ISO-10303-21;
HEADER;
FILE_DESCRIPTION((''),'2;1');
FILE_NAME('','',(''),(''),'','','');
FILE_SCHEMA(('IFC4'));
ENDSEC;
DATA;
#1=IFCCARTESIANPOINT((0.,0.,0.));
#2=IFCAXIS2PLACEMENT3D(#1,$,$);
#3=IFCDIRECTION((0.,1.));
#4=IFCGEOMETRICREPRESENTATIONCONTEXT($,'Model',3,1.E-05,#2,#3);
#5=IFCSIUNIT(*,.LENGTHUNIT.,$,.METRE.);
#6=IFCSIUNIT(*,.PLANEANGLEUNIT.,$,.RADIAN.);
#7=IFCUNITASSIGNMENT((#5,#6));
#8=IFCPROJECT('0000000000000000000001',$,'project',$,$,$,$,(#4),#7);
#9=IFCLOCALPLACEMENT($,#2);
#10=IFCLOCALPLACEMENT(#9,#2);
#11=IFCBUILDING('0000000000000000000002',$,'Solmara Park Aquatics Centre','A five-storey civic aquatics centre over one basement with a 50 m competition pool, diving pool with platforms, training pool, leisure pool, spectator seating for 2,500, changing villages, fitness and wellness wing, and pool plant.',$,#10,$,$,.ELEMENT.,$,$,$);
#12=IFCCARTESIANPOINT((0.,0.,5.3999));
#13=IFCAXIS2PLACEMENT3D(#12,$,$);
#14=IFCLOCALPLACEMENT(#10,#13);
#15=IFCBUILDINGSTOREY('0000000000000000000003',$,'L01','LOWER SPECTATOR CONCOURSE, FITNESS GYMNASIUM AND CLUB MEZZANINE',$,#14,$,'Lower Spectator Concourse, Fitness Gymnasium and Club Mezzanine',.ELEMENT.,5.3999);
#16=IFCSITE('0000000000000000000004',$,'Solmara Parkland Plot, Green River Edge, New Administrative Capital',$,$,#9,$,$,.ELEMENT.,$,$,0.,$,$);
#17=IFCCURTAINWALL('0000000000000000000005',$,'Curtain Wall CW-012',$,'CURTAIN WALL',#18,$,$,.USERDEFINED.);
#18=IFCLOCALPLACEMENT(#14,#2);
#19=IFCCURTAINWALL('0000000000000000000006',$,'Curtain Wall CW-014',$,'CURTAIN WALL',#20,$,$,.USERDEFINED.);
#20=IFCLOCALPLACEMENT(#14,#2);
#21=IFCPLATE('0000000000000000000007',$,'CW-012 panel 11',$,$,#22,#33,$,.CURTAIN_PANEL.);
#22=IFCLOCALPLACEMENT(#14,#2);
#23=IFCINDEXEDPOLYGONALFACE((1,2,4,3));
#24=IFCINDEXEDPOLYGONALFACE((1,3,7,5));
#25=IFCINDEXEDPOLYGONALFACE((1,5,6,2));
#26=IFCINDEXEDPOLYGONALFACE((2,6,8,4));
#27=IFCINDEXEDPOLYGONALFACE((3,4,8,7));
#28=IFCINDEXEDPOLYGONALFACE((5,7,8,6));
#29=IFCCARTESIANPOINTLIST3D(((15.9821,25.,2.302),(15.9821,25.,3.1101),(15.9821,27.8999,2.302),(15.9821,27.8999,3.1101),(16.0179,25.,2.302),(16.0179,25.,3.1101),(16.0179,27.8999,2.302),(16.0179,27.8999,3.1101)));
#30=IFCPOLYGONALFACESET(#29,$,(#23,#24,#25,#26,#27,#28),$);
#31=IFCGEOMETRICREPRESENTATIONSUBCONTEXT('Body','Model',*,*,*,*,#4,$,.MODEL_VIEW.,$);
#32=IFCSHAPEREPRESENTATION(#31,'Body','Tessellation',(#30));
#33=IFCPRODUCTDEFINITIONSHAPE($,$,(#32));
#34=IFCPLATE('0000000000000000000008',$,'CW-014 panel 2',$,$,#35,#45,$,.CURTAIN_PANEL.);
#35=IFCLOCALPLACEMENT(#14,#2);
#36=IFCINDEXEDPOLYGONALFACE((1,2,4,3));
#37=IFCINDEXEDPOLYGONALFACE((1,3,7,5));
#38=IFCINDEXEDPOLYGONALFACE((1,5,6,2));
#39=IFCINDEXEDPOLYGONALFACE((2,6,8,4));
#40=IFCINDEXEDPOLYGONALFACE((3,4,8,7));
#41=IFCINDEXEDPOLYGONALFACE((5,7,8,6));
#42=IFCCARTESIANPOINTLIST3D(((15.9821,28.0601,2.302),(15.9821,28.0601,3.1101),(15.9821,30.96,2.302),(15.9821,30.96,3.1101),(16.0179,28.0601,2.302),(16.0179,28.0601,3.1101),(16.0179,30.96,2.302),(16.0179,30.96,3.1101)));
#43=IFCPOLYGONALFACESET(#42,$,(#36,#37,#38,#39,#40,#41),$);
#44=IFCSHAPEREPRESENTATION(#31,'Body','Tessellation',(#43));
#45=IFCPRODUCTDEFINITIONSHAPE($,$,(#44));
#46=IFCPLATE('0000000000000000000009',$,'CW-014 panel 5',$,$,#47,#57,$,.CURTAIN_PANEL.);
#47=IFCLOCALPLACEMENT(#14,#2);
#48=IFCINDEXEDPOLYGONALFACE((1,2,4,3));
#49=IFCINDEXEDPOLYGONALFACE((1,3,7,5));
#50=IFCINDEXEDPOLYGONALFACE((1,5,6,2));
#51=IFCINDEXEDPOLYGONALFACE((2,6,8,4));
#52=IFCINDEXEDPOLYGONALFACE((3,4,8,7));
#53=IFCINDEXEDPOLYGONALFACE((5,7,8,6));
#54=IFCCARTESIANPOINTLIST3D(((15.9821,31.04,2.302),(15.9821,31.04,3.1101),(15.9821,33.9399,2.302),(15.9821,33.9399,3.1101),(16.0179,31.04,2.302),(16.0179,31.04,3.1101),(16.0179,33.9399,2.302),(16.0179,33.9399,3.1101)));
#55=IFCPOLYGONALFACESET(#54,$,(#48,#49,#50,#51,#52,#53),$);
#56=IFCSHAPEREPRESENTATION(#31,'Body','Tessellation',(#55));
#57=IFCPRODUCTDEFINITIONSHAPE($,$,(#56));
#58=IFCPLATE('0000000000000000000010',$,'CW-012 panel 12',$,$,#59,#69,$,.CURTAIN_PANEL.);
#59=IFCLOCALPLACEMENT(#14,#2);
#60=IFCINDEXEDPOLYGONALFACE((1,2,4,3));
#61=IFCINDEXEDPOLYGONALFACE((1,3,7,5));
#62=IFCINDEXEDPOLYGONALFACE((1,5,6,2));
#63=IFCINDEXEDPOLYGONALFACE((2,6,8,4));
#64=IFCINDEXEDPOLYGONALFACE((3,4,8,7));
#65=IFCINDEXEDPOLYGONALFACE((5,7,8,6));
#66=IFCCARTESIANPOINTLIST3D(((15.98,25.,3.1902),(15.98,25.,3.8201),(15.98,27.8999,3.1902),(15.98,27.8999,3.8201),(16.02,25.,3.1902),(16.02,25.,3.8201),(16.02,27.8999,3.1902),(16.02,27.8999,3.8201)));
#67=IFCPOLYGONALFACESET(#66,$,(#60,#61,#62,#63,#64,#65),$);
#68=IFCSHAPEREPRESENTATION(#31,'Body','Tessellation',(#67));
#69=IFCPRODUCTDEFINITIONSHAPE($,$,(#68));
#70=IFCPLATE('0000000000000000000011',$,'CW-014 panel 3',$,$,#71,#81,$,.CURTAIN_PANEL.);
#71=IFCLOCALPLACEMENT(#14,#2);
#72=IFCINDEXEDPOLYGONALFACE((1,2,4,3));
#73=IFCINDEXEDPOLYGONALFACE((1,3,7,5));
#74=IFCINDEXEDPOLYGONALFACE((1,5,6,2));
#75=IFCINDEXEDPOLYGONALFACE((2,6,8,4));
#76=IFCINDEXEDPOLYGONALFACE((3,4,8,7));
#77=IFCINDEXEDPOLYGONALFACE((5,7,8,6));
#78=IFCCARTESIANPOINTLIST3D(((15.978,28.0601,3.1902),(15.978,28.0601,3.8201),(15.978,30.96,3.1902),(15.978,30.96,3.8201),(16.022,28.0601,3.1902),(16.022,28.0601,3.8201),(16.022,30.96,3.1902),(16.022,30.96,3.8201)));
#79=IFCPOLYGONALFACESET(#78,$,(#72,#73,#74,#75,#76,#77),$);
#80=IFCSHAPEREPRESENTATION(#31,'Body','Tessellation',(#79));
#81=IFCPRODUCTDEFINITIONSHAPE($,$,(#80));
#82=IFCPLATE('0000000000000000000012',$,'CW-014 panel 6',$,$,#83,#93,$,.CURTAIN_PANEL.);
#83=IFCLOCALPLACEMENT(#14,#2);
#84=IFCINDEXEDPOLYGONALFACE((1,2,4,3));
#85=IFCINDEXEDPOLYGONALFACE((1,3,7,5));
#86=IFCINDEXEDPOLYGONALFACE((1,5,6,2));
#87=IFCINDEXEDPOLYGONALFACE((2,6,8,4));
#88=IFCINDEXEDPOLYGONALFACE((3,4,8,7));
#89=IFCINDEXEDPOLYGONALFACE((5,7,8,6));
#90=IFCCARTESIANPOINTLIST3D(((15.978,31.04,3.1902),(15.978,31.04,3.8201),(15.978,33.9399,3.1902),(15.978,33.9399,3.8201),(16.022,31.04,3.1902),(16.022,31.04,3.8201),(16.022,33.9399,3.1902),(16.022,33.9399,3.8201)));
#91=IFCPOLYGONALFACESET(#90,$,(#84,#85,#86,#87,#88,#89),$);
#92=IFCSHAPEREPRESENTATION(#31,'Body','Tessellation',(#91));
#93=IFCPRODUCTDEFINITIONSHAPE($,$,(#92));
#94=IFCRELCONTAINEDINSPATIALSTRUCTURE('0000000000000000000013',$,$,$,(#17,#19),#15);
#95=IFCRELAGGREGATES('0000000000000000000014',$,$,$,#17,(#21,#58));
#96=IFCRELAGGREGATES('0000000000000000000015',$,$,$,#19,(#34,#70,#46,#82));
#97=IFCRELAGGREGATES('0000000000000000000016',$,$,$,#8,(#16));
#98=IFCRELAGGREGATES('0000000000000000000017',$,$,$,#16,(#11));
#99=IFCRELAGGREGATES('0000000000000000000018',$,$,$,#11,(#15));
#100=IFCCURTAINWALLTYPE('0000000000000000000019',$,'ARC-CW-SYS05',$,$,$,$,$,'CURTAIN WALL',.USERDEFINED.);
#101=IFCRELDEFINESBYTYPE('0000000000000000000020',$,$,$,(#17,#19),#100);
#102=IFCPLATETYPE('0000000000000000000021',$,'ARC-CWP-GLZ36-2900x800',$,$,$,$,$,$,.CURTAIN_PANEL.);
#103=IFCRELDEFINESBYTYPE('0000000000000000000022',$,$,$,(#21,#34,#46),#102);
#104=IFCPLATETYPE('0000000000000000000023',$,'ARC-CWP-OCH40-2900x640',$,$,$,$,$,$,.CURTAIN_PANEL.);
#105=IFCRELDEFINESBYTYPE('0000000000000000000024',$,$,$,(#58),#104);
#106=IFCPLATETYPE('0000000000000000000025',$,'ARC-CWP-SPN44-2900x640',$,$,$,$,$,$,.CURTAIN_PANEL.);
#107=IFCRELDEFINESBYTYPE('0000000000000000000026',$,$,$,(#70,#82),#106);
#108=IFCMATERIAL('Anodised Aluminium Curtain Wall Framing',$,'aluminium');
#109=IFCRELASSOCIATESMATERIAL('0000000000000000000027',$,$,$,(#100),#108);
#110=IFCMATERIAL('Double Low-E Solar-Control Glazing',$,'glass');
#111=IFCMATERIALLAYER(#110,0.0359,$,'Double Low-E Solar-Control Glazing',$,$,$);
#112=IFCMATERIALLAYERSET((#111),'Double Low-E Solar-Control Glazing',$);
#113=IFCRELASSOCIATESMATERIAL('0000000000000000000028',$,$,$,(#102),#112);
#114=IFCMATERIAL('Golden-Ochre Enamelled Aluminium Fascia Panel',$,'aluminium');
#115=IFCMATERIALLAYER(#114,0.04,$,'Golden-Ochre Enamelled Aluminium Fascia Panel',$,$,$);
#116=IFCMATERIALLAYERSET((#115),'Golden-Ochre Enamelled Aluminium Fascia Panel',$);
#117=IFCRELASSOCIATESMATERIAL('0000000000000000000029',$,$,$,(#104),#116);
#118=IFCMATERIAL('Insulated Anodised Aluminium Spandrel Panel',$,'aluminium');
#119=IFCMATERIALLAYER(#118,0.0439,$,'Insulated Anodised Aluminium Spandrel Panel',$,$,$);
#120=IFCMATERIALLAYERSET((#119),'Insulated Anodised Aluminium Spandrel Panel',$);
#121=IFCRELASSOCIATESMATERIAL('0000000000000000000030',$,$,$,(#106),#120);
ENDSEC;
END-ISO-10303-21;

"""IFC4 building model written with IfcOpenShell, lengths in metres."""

from ifc_helpers import new_model, si_unit, direction, frame, origin, origin_2d, place, context, subcontext, project, spatial, rectangle, extrude, material, layer, layer_set, type_object, element, aggregate, save


model = new_model("IFC4")

# Units and contexts
model_context = context("Model", 3, precision=1e-05, world=origin(), true_north=direction((0.0, 1.0)))
body_context = subcontext(model_context, "Body", "Model", "MODEL_VIEW")
ifc_project = project(units=[si_unit("LENGTHUNIT", "METRE"), si_unit("PLANEANGLEUNIT", "RADIAN")], contexts=[model_context])

# Site, building, storey
site_placement = place(None, origin())
site = spatial("IfcSite", under=ifc_project, at=site_placement, Name="Solmara Parkland Plot, Green River Edge, New Administrative Capital", CompositionType="ELEMENT", RefElevation=0.0)
building_placement = place(site_placement, origin())
building = spatial("IfcBuilding", under=site, at=building_placement, Name="Solmara Park Aquatics Centre", Description="A five-storey civic aquatics centre over one basement with a 50 m competition pool, diving pool with platforms, training pool, leisure pool, spectator seating for 2,500, changing villages, fitness and wellness wing, and pool plant.", CompositionType="ELEMENT")
storey_placement = place(building_placement, frame((0.0, 0.0, 5.3999)))
storey = spatial("IfcBuildingStorey", under=building, at=storey_placement, Name="L01", Description="LOWER SPECTATOR CONCOURSE, FITNESS GYMNASIUM AND CLUB MEZZANINE", LongName="Lower Spectator Concourse, Fitness Gymnasium and Club Mezzanine", CompositionType="ELEMENT", Elevation=5.3999)

# Curtain walls
ifc_material_1 = material(Name="Anodised Aluminium Curtain Wall Framing", Category="aluminium")
curtain_wall_type = type_object("IfcCurtainWallType", Name="ARC-CW-SYS05", ElementType="CURTAIN WALL", PredefinedType="USERDEFINED", material=ifc_material_1)
curtain_wall_1_placement = place(storey_placement, origin())
curtain_wall_1 = element("IfcCurtainWall", 1, at=curtain_wall_1_placement, inside=storey, type_object=curtain_wall_type, Name="Curtain Wall CW-012", ObjectType="CURTAIN WALL", PredefinedType="USERDEFINED")
curtain_wall_2_placement = place(storey_placement, origin())
curtain_wall_2 = element("IfcCurtainWall", 2, at=curtain_wall_2_placement, inside=storey, type_object=curtain_wall_type, Name="Curtain Wall CW-014", ObjectType="CURTAIN WALL", PredefinedType="USERDEFINED")

# Plates
ifc_material_2 = material(Name="Double Low-E Solar-Control Glazing", Category="glass")
ifc_layer_1 = layer(ifc_material_2, 0.0359, Name="Double Low-E Solar-Control Glazing")
ifc_layer_set_1 = layer_set([ifc_layer_1], Name="Double Low-E Solar-Control Glazing")
plate_type_1 = type_object("IfcPlateType", Name="ARC-CWP-GLZ36-2900x800", PredefinedType="CURTAIN_PANEL", material=ifc_layer_set_1)
plate_1_placement = place(storey_placement, frame((16.0, 26.45, 2.302), z_axis=(0.0, 0.0, 1.0), x_axis=(0.0, 1.0, 0.0)))
plate_1 = element("IfcPlate", 3, at=plate_1_placement, type_object=plate_type_1, Name="CW-012 panel 11", PredefinedType="CURTAIN_PANEL", context=body_context, shape_type="SweptSolid", body=[
    extrude(rectangle(XDim=2.8999, YDim=0.0359, at=origin_2d()), origin(), (0.0, 0.0, 1.0), 0.8081),
])
plate_2_placement = place(storey_placement, frame((16.0, 29.51, 2.302), z_axis=(0.0, 0.0, 1.0), x_axis=(0.0, 1.0, 0.0)))
plate_2 = element("IfcPlate", 4, at=plate_2_placement, type_object=plate_type_1, Name="CW-014 panel 2", PredefinedType="CURTAIN_PANEL", context=body_context, shape_type="SweptSolid", body=[
    extrude(rectangle(XDim=2.8999, YDim=0.0359, at=origin_2d()), origin(), (0.0, 0.0, 1.0), 0.8081),
])
plate_3_placement = place(storey_placement, frame((16.0, 32.49, 2.302), z_axis=(0.0, 0.0, 1.0), x_axis=(0.0, 1.0, 0.0)))
plate_3 = element("IfcPlate", 5, at=plate_3_placement, type_object=plate_type_1, Name="CW-014 panel 5", PredefinedType="CURTAIN_PANEL", context=body_context, shape_type="SweptSolid", body=[
    extrude(rectangle(XDim=2.8999, YDim=0.0359, at=origin_2d()), origin(), (0.0, 0.0, 1.0), 0.8081),
])
ifc_material_3 = material(Name="Golden-Ochre Enamelled Aluminium Fascia Panel", Category="aluminium")
ifc_layer_2 = layer(ifc_material_3, 0.04, Name="Golden-Ochre Enamelled Aluminium Fascia Panel")
ifc_layer_set_2 = layer_set([ifc_layer_2], Name="Golden-Ochre Enamelled Aluminium Fascia Panel")
plate_type_2 = type_object("IfcPlateType", Name="ARC-CWP-OCH40-2900x640", PredefinedType="CURTAIN_PANEL", material=ifc_layer_set_2)
plate_4_placement = place(storey_placement, frame((16.0, 26.45, 3.1902), z_axis=(0.0, 0.0, 1.0), x_axis=(0.0, 1.0, 0.0)))
plate_4 = element("IfcPlate", 6, at=plate_4_placement, type_object=plate_type_2, Name="CW-012 panel 12", PredefinedType="CURTAIN_PANEL", context=body_context, shape_type="SweptSolid", body=[
    extrude(rectangle(XDim=2.8999, YDim=0.04, at=origin_2d()), origin(), (0.0, 0.0, 1.0), 0.6299),
])
aggregate(curtain_wall_1, [plate_1, plate_4])
ifc_material_4 = material(Name="Insulated Anodised Aluminium Spandrel Panel", Category="aluminium")
ifc_layer_3 = layer(ifc_material_4, 0.0439, Name="Insulated Anodised Aluminium Spandrel Panel")
ifc_layer_set_3 = layer_set([ifc_layer_3], Name="Insulated Anodised Aluminium Spandrel Panel")
plate_type_3 = type_object("IfcPlateType", Name="ARC-CWP-SPN44-2900x640", PredefinedType="CURTAIN_PANEL", material=ifc_layer_set_3)
plate_5_placement = place(storey_placement, frame((16.0, 29.51, 3.1902), z_axis=(0.0, 0.0, 1.0), x_axis=(0.0, 1.0, 0.0)))
plate_5 = element("IfcPlate", 7, at=plate_5_placement, type_object=plate_type_3, Name="CW-014 panel 3", PredefinedType="CURTAIN_PANEL", context=body_context, shape_type="SweptSolid", body=[
    extrude(rectangle(XDim=2.8999, YDim=0.0439, at=origin_2d()), origin(), (0.0, 0.0, 1.0), 0.6299),
])
plate_6_placement = place(storey_placement, frame((16.0, 32.49, 3.1902), z_axis=(0.0, 0.0, 1.0), x_axis=(0.0, 1.0, 0.0)))
plate_6 = element("IfcPlate", 8, at=plate_6_placement, type_object=plate_type_3, Name="CW-014 panel 6", PredefinedType="CURTAIN_PANEL", context=body_context, shape_type="SweptSolid", body=[
    extrude(rectangle(XDim=2.8999, YDim=0.0439, at=origin_2d()), origin(), (0.0, 0.0, 1.0), 0.6299),
])
aggregate(curtain_wall_2, [plate_2, plate_5, plate_3, plate_6])

save(model, "model.ifc")
